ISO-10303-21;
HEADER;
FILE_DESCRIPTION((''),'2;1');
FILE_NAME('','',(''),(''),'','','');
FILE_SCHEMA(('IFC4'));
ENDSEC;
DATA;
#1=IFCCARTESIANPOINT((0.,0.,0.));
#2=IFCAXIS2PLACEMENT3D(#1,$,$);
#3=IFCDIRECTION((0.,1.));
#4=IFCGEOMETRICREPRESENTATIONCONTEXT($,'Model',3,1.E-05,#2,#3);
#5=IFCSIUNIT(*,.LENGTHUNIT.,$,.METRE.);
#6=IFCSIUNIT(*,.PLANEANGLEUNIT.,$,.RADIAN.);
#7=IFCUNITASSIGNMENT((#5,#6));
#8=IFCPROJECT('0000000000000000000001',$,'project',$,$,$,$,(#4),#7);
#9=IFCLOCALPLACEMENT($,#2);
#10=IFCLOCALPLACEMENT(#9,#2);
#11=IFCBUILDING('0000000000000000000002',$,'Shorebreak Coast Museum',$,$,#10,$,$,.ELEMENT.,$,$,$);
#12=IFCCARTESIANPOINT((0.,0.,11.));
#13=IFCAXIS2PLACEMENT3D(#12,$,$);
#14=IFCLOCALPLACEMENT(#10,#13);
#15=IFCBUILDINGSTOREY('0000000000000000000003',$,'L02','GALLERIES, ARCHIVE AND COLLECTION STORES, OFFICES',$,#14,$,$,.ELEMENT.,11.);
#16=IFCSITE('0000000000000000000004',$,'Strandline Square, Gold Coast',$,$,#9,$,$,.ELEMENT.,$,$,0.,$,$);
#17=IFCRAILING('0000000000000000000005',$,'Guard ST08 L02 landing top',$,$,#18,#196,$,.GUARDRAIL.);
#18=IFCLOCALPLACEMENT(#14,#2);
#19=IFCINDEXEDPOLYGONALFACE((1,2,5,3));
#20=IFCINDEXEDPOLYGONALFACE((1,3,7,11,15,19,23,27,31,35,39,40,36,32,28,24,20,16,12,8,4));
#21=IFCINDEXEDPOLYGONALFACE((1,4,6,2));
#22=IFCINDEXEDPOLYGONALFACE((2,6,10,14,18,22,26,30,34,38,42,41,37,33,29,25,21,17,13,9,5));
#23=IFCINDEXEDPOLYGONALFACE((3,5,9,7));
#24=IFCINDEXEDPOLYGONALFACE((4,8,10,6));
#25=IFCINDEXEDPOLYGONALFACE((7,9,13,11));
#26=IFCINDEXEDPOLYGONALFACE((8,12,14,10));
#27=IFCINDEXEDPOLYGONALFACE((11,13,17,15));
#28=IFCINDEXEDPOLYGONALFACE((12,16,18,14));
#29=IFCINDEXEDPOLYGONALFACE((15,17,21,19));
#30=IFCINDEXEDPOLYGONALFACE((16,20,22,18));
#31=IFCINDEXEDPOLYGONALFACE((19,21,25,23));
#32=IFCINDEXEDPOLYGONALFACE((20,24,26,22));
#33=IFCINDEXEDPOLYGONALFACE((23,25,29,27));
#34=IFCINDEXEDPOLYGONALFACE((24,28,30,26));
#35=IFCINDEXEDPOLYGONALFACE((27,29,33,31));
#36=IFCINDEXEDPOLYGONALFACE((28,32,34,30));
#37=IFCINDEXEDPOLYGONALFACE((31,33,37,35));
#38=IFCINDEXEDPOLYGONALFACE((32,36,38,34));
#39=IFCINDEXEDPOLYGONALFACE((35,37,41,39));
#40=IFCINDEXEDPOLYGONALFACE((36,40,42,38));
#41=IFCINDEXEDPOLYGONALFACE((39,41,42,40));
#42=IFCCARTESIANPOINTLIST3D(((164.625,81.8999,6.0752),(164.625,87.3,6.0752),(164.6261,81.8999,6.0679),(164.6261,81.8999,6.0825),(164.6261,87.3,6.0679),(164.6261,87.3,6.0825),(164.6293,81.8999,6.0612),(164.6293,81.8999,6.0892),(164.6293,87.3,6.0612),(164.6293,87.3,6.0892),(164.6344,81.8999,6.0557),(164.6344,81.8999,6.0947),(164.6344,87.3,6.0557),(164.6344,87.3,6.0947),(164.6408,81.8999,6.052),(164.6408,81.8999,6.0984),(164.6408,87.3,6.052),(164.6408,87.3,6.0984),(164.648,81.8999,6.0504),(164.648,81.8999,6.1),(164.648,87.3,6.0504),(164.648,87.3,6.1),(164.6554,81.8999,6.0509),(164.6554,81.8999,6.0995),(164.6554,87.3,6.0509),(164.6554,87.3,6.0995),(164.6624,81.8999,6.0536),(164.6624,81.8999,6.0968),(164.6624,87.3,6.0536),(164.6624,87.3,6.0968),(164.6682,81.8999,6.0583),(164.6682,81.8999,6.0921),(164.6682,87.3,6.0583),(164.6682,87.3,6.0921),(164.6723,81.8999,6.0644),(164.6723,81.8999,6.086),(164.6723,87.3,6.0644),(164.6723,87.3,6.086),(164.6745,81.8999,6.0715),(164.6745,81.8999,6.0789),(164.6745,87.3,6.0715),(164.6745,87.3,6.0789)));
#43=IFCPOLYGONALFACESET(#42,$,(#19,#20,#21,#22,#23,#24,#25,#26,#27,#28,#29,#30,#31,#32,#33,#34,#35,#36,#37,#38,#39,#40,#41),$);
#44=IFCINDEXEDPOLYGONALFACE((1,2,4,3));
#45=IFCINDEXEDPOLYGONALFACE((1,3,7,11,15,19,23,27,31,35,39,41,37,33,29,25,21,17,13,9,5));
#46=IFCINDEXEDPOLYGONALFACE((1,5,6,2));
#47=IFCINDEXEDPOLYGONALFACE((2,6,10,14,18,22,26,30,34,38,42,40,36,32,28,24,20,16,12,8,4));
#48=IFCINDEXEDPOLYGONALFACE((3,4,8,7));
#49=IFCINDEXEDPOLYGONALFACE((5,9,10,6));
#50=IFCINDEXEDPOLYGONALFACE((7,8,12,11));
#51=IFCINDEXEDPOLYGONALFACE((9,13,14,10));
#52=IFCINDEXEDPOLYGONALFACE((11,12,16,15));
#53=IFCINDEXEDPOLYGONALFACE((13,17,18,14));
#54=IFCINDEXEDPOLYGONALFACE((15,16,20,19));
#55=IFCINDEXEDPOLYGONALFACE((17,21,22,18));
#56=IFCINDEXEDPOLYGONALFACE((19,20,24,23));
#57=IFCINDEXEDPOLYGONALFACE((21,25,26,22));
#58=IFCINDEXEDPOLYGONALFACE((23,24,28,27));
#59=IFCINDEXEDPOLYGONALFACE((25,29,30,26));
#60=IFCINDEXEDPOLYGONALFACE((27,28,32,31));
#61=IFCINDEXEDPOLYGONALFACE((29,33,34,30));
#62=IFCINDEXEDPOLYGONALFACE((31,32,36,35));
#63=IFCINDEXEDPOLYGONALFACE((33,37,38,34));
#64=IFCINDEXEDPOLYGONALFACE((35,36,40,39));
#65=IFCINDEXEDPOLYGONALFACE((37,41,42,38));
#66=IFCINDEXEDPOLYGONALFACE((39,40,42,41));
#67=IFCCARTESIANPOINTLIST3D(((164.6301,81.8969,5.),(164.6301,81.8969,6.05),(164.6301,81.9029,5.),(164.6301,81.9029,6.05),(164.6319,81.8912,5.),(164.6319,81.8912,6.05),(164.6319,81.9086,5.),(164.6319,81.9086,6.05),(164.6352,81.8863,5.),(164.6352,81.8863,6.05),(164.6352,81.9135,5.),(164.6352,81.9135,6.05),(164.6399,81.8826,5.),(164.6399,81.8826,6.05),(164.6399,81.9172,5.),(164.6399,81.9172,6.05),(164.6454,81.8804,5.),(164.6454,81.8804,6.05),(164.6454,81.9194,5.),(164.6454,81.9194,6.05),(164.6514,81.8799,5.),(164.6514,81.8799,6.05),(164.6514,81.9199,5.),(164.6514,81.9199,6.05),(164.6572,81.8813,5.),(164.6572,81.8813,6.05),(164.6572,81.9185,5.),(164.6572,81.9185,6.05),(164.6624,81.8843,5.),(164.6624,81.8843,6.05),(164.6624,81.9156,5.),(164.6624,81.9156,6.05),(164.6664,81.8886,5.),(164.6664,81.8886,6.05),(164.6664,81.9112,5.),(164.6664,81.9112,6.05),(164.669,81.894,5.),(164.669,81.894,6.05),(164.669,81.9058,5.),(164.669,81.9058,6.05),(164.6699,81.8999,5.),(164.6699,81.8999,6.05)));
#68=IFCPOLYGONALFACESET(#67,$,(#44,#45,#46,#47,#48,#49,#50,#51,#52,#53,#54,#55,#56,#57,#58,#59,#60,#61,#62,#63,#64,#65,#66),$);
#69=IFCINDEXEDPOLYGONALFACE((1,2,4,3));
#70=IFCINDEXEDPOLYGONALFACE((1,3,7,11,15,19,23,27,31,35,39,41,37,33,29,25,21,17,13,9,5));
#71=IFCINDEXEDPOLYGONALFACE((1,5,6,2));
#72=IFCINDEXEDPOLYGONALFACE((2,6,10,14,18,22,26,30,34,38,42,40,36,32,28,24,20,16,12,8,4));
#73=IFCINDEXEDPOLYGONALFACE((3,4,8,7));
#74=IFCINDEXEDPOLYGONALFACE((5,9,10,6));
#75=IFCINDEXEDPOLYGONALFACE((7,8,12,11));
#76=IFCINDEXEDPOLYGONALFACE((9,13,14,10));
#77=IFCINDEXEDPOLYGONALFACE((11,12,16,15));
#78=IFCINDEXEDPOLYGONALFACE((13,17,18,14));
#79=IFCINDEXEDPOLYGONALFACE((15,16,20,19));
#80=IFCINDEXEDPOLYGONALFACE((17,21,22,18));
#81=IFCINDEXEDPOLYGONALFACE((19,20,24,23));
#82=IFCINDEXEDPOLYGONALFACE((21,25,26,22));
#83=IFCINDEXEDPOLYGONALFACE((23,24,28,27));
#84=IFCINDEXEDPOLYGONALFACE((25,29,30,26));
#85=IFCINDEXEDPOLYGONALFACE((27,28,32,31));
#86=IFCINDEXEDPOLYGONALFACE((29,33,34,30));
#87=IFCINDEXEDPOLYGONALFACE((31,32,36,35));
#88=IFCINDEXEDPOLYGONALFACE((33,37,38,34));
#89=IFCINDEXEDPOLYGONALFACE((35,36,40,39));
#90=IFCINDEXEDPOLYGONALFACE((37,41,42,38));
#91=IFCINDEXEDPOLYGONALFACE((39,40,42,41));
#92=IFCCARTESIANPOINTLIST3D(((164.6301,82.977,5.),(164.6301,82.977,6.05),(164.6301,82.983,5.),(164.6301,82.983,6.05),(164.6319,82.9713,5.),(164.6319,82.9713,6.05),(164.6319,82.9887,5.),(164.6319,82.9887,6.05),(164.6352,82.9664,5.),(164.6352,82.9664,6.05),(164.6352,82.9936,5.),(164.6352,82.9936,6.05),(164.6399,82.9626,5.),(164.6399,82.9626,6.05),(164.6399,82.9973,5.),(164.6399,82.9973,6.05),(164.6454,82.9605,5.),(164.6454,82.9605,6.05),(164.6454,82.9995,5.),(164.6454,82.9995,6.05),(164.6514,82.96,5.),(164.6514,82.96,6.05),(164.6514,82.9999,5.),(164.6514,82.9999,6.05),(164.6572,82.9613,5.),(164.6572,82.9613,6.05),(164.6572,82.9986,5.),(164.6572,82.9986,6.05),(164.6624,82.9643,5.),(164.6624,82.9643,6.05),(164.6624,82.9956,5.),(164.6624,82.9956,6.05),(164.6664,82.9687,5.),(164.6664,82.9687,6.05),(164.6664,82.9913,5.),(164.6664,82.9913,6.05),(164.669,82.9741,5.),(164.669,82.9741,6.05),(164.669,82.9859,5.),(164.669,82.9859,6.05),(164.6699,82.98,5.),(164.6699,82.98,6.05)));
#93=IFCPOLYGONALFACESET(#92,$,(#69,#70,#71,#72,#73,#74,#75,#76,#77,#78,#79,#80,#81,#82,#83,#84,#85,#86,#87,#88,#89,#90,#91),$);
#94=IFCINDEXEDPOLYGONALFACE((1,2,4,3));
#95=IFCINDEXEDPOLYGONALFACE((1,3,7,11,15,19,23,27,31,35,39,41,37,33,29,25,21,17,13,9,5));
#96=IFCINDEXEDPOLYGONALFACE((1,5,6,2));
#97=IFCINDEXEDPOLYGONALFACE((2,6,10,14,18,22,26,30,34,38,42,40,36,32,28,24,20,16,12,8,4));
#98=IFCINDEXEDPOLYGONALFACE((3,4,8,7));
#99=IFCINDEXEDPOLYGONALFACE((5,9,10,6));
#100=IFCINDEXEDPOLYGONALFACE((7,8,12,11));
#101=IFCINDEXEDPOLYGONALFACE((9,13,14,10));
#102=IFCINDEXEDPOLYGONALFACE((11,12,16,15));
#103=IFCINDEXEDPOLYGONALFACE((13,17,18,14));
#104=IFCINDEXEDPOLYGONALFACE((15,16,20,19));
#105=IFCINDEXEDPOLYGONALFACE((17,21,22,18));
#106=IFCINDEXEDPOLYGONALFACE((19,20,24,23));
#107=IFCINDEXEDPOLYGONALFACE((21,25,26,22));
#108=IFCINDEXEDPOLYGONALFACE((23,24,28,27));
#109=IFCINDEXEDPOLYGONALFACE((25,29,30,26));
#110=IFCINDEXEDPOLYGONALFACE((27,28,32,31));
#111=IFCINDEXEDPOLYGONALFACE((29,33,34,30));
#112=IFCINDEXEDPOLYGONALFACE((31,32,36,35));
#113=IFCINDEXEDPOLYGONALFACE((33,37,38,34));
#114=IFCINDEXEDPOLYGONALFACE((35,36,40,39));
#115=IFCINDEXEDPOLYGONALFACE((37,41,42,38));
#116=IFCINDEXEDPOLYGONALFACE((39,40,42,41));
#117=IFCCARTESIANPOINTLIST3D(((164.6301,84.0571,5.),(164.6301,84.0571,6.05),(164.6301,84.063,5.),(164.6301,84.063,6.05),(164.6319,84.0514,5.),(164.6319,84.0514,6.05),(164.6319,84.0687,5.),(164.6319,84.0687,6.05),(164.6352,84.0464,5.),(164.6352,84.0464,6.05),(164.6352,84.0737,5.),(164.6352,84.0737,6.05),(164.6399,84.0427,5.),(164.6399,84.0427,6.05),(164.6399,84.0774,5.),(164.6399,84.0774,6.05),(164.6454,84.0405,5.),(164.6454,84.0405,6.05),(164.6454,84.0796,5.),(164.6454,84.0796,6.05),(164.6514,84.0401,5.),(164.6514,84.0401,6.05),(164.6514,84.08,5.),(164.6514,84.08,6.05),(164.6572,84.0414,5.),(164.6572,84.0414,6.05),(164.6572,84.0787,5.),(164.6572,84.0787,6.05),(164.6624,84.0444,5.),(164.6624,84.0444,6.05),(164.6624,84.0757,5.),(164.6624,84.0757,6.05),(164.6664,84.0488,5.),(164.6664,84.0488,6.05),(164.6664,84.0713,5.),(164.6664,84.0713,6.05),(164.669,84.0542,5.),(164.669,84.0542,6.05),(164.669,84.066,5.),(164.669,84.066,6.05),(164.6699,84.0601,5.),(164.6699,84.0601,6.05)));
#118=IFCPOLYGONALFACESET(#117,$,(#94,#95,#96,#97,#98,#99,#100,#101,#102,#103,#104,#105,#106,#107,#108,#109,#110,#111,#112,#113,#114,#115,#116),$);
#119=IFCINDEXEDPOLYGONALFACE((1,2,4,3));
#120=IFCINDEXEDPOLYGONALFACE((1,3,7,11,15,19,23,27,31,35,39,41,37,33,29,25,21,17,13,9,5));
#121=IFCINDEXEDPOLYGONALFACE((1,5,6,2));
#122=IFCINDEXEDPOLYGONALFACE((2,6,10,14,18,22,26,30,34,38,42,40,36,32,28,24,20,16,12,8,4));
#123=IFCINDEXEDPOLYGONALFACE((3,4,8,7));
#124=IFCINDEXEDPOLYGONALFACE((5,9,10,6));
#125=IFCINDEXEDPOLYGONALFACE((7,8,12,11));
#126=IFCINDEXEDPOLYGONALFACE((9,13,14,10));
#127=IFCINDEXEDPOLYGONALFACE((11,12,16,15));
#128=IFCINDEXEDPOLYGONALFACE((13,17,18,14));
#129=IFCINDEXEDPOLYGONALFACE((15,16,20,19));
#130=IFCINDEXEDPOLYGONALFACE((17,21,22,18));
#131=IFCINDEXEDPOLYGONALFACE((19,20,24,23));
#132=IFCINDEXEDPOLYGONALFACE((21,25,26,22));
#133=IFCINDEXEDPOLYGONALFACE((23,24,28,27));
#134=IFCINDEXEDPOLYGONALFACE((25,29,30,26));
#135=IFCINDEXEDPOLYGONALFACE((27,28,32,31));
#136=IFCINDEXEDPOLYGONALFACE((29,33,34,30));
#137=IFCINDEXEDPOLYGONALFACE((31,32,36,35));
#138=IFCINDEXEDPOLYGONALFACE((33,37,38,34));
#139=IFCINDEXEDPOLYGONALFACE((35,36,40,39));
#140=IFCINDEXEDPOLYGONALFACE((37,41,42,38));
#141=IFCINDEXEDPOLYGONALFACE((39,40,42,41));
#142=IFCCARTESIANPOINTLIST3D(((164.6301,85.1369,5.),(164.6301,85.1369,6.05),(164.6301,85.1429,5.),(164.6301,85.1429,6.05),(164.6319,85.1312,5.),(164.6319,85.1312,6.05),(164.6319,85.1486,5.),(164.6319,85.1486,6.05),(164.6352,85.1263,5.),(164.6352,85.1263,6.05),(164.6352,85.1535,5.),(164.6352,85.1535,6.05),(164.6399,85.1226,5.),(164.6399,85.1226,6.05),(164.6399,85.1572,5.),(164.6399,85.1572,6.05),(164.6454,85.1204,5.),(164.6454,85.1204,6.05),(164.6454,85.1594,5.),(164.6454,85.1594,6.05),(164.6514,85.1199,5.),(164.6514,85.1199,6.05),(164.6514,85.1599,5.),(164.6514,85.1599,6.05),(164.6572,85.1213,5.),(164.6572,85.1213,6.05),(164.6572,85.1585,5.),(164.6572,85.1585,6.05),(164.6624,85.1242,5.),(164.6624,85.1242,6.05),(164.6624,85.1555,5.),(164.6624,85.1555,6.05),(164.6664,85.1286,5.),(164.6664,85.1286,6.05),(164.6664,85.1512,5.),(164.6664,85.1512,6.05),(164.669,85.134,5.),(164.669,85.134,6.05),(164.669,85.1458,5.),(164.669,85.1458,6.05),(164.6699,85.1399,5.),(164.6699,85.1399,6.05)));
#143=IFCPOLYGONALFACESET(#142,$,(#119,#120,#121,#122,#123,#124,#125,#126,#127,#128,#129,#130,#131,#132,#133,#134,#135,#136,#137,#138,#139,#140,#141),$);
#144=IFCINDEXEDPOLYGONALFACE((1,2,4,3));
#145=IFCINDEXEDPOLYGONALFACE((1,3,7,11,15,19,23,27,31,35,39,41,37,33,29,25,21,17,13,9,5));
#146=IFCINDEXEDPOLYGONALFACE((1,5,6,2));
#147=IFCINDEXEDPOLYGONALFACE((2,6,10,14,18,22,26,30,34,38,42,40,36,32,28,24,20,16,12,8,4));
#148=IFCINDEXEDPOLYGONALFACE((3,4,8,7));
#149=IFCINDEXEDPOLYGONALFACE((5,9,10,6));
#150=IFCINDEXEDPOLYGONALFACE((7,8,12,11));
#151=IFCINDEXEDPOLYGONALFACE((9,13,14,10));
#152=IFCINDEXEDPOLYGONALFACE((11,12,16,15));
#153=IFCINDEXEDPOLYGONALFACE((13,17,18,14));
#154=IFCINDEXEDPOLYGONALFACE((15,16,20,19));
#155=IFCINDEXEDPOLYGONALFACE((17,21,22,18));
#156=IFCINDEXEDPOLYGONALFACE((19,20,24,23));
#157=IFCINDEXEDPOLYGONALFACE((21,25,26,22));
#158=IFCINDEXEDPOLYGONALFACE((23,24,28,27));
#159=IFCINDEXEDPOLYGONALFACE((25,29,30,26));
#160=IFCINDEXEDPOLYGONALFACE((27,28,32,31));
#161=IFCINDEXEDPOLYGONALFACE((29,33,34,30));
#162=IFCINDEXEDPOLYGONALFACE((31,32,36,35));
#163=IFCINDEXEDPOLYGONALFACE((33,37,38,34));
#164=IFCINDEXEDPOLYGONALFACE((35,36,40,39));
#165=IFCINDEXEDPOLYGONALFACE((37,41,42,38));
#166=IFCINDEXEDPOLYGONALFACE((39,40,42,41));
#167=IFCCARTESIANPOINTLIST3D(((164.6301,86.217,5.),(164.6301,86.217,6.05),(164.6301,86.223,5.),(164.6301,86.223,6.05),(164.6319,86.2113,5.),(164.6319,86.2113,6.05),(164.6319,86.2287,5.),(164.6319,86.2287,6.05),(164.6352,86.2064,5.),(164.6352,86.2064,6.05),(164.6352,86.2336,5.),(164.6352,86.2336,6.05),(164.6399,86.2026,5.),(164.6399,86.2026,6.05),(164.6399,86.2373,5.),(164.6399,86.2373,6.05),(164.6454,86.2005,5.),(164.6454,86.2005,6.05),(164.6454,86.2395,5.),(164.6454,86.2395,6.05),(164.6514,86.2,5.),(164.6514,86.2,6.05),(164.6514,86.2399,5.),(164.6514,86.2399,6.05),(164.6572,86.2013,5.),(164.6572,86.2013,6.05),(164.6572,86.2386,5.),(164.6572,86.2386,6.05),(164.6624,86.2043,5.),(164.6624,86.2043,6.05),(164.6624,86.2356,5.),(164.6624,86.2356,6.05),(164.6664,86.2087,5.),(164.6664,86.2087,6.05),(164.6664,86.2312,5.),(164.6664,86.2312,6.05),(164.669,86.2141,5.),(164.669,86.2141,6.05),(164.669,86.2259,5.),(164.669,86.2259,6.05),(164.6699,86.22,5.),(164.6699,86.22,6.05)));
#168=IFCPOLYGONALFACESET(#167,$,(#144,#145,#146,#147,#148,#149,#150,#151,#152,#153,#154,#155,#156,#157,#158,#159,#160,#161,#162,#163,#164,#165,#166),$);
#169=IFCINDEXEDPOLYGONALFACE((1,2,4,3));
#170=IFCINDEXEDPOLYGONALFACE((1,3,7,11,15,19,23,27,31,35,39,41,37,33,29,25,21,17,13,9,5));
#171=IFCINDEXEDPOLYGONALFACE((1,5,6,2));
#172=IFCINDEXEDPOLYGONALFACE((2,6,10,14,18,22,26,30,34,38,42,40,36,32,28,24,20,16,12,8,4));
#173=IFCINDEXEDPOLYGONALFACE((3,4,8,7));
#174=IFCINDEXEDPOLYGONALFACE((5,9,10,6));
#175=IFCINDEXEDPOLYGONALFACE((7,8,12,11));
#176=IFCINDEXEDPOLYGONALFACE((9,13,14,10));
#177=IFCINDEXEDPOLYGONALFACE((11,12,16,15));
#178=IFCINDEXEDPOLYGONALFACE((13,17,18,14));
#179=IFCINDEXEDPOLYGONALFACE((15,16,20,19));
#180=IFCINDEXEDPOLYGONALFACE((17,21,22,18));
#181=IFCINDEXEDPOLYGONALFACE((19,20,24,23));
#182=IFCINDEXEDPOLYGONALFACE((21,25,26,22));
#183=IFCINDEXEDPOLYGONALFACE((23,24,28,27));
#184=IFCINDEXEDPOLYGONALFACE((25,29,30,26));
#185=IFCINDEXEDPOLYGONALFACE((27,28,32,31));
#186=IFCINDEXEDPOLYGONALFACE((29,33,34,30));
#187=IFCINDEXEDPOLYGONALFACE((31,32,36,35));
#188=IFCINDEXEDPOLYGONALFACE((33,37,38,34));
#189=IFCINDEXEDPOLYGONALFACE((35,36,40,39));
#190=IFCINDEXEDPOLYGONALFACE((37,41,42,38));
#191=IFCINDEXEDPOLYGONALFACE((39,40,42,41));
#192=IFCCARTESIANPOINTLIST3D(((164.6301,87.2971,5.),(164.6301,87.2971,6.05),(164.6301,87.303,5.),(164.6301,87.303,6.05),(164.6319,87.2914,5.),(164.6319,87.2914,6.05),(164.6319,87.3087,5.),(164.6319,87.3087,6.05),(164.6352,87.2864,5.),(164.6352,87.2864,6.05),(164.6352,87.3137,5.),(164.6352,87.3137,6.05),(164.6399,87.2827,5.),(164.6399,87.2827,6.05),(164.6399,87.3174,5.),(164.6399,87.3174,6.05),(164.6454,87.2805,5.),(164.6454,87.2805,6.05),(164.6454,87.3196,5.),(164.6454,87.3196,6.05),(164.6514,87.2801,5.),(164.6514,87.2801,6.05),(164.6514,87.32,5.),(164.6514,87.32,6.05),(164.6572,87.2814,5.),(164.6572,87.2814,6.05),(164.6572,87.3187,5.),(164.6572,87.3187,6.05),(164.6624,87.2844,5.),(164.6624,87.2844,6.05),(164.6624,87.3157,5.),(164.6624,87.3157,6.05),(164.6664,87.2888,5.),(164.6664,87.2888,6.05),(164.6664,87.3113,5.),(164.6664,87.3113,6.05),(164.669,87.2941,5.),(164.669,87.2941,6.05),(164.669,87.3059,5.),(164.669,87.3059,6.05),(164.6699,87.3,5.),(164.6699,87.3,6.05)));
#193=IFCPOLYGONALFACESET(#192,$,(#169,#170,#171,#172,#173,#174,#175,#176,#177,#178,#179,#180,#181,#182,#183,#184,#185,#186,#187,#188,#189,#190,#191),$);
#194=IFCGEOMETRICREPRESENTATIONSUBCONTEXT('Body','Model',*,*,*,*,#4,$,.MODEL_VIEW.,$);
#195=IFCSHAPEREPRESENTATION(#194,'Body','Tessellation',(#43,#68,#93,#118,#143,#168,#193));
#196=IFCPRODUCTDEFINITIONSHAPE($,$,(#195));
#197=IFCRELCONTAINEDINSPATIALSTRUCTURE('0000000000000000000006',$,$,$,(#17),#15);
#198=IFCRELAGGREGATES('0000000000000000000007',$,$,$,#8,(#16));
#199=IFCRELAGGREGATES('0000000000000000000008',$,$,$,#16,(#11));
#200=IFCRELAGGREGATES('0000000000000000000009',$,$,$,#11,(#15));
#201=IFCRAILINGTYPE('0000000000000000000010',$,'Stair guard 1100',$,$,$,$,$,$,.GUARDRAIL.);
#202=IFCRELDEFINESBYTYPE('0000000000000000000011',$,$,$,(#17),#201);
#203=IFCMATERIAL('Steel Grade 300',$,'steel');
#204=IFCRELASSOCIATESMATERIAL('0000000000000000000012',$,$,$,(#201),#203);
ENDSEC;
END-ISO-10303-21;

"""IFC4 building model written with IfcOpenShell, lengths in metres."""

from ifc_helpers import new_model, si_unit, direction, frame, origin, origin_2d, place, context, subcontext, project, spatial, circle, extrude, material, type_object, element, save


model = new_model("IFC4")

# Units and contexts
model_context = context("Model", 3, precision=1e-05, world=origin(), true_north=direction((0.0, 1.0)))
body_context = subcontext(model_context, "Body", "Model", "MODEL_VIEW")
ifc_project = project(units=[si_unit("LENGTHUNIT", "METRE"), si_unit("PLANEANGLEUNIT", "RADIAN")], contexts=[model_context])

# Site, building, storey
site_placement = place(None, origin())
site = spatial("IfcSite", under=ifc_project, at=site_placement, Name="Strandline Square, Gold Coast", CompositionType="ELEMENT", RefElevation=0.0)
building_placement = place(site_placement, origin())
building = spatial("IfcBuilding", under=site, at=building_placement, Name="Shorebreak Coast Museum", CompositionType="ELEMENT")
storey_placement = place(building_placement, frame((0.0, 0.0, 11.0)))
storey = spatial("IfcBuildingStorey", under=building, at=storey_placement, Name="L02", Description="GALLERIES, ARCHIVE AND COLLECTION STORES, OFFICES", CompositionType="ELEMENT", Elevation=11.0)

# Railing
ifc_material_1 = material(Name="Steel Grade 300", Category="steel")
railing_type_1 = type_object("IfcRailingType", Name="Stair guard 1100", PredefinedType="GUARDRAIL", material=ifc_material_1)
railing_placement = place(storey_placement, frame((164.6499, 81.8999, 5.0)))
element("IfcRailing", 1, at=railing_placement, inside=storey, type_object=railing_type_1, Name="Guard ST08 L02 landing top", PredefinedType="GUARDRAIL", context=body_context, shape_type="SweptSolid", body=[
    extrude(circle(Radius=0.0249, at=origin_2d()), frame((0.0, 0.0, 1.0752), z_axis=(0.0, 1.0, 0.0), x_axis=(-1.0, 0.0, 0.0)), (0.0, 0.0, 1.0), 5.4001),
    extrude(circle(Radius=0.02, at=origin_2d()), origin(), (0.0, 0.0, 1.0), 1.05),
    extrude(circle(Radius=0.02, at=origin_2d()), frame((0.0, 1.0801, 0.0)), (0.0, 0.0, 1.0), 1.05),
    extrude(circle(Radius=0.02, at=origin_2d()), frame((0.0, 2.1602, 0.0)), (0.0, 0.0, 1.0), 1.05),
    extrude(circle(Radius=0.02, at=origin_2d()), frame((0.0, 3.24, 0.0)), (0.0, 0.0, 1.0), 1.05),
    extrude(circle(Radius=0.02, at=origin_2d()), frame((0.0, 4.3201, 0.0)), (0.0, 0.0, 1.0), 1.05),
    extrude(circle(Radius=0.02, at=origin_2d()), frame((0.0, 5.4001, 0.0)), (0.0, 0.0, 1.0), 1.05),
])

save(model, "model.ifc")
